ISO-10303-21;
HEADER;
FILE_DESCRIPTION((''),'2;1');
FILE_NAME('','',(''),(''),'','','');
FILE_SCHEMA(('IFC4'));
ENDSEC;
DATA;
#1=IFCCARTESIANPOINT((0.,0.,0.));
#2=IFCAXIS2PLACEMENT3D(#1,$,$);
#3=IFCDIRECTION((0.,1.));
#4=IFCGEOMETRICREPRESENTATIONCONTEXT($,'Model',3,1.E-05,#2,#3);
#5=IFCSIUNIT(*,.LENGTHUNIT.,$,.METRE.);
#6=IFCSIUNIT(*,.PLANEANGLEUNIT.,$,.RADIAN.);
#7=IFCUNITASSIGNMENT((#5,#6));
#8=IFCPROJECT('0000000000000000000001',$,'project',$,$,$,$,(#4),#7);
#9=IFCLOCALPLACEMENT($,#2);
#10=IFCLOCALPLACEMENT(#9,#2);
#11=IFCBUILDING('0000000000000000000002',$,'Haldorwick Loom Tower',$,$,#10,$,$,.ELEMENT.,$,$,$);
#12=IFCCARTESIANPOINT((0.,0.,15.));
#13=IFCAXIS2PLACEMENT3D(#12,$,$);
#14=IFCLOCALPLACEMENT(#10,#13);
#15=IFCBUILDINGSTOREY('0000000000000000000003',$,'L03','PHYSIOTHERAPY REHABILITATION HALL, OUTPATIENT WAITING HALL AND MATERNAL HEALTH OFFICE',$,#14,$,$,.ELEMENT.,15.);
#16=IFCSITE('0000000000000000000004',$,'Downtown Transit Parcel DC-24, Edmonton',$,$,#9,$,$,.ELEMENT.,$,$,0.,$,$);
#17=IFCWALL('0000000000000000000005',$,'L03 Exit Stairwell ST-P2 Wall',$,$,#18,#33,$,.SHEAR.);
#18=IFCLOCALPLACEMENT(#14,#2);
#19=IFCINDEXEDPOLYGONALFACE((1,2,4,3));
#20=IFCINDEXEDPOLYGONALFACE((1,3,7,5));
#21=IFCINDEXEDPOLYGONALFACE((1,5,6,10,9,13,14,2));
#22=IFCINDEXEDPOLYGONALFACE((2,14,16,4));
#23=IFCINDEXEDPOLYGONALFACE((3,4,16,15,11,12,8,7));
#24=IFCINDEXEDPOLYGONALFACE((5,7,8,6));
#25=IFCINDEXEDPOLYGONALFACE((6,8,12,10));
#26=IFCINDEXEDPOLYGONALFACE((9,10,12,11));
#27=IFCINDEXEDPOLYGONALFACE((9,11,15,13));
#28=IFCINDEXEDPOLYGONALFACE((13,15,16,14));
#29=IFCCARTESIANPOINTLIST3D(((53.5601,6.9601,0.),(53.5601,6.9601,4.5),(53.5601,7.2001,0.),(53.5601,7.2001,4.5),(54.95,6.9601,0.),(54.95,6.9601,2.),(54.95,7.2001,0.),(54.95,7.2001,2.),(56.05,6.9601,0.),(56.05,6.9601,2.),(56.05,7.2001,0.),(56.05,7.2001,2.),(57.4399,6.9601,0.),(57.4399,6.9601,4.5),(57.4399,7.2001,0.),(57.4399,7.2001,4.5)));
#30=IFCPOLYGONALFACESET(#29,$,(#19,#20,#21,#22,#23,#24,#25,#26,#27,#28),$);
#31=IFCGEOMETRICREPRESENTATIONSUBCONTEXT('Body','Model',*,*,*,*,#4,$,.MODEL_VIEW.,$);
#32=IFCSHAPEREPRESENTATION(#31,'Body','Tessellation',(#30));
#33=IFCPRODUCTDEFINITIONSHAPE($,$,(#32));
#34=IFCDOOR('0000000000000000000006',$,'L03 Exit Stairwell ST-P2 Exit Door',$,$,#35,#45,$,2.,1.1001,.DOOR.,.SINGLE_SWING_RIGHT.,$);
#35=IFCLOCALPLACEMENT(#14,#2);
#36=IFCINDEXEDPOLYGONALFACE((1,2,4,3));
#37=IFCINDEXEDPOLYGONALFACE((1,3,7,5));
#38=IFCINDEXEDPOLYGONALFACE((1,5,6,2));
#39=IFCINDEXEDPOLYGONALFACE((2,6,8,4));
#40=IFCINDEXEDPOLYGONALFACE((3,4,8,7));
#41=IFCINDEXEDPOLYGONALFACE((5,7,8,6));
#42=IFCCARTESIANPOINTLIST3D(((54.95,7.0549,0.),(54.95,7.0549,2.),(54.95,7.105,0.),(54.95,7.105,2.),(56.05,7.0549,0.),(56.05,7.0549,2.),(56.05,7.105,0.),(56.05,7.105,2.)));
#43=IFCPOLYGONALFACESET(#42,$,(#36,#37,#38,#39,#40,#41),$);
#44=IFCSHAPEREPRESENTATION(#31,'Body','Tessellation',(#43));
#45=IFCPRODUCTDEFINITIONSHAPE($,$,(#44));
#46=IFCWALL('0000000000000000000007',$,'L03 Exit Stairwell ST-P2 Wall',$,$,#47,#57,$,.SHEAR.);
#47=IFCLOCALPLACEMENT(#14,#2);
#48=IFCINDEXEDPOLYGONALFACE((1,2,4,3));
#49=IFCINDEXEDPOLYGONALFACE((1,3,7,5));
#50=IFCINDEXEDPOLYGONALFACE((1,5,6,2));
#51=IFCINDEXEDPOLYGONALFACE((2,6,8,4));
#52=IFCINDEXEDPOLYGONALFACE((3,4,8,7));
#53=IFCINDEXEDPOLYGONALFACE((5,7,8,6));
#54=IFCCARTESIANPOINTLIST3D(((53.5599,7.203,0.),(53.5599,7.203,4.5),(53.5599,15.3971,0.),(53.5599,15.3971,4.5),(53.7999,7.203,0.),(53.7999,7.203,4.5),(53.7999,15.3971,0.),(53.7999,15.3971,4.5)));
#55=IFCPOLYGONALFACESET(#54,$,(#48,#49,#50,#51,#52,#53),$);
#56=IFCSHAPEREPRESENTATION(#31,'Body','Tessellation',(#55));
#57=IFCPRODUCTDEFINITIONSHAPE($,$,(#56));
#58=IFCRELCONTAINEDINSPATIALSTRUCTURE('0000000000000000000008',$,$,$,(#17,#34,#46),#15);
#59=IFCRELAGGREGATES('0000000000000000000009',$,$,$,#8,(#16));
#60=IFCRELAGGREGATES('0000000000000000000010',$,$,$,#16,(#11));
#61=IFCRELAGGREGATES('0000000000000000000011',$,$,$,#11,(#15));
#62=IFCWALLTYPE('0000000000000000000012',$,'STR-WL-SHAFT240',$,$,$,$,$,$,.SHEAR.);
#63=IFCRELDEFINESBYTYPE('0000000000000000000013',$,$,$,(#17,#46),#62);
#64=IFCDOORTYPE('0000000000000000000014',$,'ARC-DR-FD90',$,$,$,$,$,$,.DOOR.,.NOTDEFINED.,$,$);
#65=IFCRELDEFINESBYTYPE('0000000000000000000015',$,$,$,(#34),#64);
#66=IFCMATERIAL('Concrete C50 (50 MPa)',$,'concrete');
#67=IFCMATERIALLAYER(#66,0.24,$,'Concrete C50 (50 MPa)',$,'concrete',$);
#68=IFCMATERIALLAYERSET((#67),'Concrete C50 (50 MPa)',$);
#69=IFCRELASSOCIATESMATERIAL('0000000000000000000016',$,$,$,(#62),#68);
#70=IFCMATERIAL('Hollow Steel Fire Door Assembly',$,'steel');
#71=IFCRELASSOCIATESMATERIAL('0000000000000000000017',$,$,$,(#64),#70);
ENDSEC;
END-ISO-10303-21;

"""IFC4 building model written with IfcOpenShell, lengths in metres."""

from ifc_helpers import new_model, si_unit, direction, frame, frame_2d, origin, place, context, subcontext, project, spatial, rectangle, extrude, material, layer, layer_set, type_object, element, fill, save


model = new_model("IFC4")

# Units and contexts
model_context = context("Model", 3, precision=1e-05, world=origin(), true_north=direction((0.0, 1.0)))
body_context = subcontext(model_context, "Body", "Model", "MODEL_VIEW")
ifc_project = project(units=[si_unit("LENGTHUNIT", "METRE"), si_unit("PLANEANGLEUNIT", "RADIAN")], contexts=[model_context])

# Site, building, storey
site_placement = place(None, origin())
site = spatial("IfcSite", under=ifc_project, at=site_placement, Name="Downtown Transit Parcel DC-24, Edmonton", CompositionType="ELEMENT", RefElevation=0.0)
building_placement = place(site_placement, origin())
building = spatial("IfcBuilding", under=site, at=building_placement, Name="Haldorwick Loom Tower", CompositionType="ELEMENT")
storey_placement = place(building_placement, frame((0.0, 0.0, 15.0)))
storey = spatial("IfcBuildingStorey", under=building, at=storey_placement, Name="L03", Description="PHYSIOTHERAPY REHABILITATION HALL, OUTPATIENT WAITING HALL AND MATERNAL HEALTH OFFICE", CompositionType="ELEMENT", Elevation=15.0)

# Shared definitions
ifc_material_1 = material(Name="Hollow Steel Fire Door Assembly", Category="steel")

# Wall, opening, door
ifc_material_2 = material(Name="Concrete C50 (50 MPa)", Category="concrete")
ifc_layer_1 = layer(ifc_material_2, 0.24, Name="Concrete C50 (50 MPa)", Category="concrete")
ifc_layer_set_1 = layer_set([ifc_layer_1], Name="Concrete C50 (50 MPa)")
wall_type_1 = type_object("IfcWallType", Name="STR-WL-SHAFT240", PredefinedType="SHEAR", material=ifc_layer_set_1)
wall_1_placement = place(storey_placement, frame((53.5601, 7.0801, 0.0), z_axis=(0.0, 0.0, 1.0), x_axis=(1.0, 0.0, 0.0)))
wall_1 = element("IfcWall", 1, at=wall_1_placement, inside=storey, type_object=wall_type_1, Name="L03 Exit Stairwell ST-P2 Wall", PredefinedType="SHEAR", context=body_context, shape_type="SweptSolid", body=[
    extrude(rectangle(XDim=3.8799, YDim=0.24, at=frame_2d((1.9399, 0.0))), origin(), (0.0, 0.0, 1.0), 4.5),
])
opening_1_placement = place(wall_1_placement, frame((1.3899, 0.0, 0.0)))
opening_1 = element("IfcOpeningElement", 2, at=opening_1_placement, cuts=wall_1, PredefinedType="OPENING", context=body_context, shape_type="SweptSolid", body=[
    extrude(rectangle(XDim=1.1001, YDim=2.0, at=frame_2d((0.55, 1.0))), frame((0.0, 0.1299, 0.0), z_axis=(0.0, -1.0, 0.0), x_axis=(1.0, 0.0, 0.0)), (0.0, 0.0, 1.0), 0.26),
])
door_type_1 = type_object("IfcDoorType", Name="ARC-DR-FD90", OperationType="NOTDEFINED", PredefinedType="DOOR", material=ifc_material_1)
door_1_placement = place(opening_1_placement, origin())
door_1 = element("IfcDoor", 3, at=door_1_placement, inside=storey, type_object=door_type_1, Name="L03 Exit Stairwell ST-P2 Exit Door", OperationType="SINGLE_SWING_RIGHT", OverallHeight=2.0, OverallWidth=1.1001, PredefinedType="DOOR", context=body_context, shape_type="SweptSolid", body=[
    extrude(rectangle(XDim=1.1001, YDim=2.0, at=frame_2d((0.55, 1.0))), frame((0.0, 0.0249, 0.0), z_axis=(0.0, -1.0, 0.0), x_axis=(1.0, 0.0, 0.0)), (0.0, 0.0, 1.0), 0.05),
])
fill(opening_1, door_1)

# Wall
wall_2_placement = place(storey_placement, frame((53.6799, 7.2029, 0.0), z_axis=(0.0, 0.0, 1.0), x_axis=(0.0, 1.0, 0.0)))
element("IfcWall", 4, at=wall_2_placement, inside=storey, type_object=wall_type_1, Name="L03 Exit Stairwell ST-P2 Wall", PredefinedType="SHEAR", context=body_context, shape_type="SweptSolid", body=[
    extrude(rectangle(XDim=8.1941, YDim=0.24, at=frame_2d((4.0972, 0.0))), origin(), (0.0, 0.0, 1.0), 4.5),
])

save(model, "model.ifc")
